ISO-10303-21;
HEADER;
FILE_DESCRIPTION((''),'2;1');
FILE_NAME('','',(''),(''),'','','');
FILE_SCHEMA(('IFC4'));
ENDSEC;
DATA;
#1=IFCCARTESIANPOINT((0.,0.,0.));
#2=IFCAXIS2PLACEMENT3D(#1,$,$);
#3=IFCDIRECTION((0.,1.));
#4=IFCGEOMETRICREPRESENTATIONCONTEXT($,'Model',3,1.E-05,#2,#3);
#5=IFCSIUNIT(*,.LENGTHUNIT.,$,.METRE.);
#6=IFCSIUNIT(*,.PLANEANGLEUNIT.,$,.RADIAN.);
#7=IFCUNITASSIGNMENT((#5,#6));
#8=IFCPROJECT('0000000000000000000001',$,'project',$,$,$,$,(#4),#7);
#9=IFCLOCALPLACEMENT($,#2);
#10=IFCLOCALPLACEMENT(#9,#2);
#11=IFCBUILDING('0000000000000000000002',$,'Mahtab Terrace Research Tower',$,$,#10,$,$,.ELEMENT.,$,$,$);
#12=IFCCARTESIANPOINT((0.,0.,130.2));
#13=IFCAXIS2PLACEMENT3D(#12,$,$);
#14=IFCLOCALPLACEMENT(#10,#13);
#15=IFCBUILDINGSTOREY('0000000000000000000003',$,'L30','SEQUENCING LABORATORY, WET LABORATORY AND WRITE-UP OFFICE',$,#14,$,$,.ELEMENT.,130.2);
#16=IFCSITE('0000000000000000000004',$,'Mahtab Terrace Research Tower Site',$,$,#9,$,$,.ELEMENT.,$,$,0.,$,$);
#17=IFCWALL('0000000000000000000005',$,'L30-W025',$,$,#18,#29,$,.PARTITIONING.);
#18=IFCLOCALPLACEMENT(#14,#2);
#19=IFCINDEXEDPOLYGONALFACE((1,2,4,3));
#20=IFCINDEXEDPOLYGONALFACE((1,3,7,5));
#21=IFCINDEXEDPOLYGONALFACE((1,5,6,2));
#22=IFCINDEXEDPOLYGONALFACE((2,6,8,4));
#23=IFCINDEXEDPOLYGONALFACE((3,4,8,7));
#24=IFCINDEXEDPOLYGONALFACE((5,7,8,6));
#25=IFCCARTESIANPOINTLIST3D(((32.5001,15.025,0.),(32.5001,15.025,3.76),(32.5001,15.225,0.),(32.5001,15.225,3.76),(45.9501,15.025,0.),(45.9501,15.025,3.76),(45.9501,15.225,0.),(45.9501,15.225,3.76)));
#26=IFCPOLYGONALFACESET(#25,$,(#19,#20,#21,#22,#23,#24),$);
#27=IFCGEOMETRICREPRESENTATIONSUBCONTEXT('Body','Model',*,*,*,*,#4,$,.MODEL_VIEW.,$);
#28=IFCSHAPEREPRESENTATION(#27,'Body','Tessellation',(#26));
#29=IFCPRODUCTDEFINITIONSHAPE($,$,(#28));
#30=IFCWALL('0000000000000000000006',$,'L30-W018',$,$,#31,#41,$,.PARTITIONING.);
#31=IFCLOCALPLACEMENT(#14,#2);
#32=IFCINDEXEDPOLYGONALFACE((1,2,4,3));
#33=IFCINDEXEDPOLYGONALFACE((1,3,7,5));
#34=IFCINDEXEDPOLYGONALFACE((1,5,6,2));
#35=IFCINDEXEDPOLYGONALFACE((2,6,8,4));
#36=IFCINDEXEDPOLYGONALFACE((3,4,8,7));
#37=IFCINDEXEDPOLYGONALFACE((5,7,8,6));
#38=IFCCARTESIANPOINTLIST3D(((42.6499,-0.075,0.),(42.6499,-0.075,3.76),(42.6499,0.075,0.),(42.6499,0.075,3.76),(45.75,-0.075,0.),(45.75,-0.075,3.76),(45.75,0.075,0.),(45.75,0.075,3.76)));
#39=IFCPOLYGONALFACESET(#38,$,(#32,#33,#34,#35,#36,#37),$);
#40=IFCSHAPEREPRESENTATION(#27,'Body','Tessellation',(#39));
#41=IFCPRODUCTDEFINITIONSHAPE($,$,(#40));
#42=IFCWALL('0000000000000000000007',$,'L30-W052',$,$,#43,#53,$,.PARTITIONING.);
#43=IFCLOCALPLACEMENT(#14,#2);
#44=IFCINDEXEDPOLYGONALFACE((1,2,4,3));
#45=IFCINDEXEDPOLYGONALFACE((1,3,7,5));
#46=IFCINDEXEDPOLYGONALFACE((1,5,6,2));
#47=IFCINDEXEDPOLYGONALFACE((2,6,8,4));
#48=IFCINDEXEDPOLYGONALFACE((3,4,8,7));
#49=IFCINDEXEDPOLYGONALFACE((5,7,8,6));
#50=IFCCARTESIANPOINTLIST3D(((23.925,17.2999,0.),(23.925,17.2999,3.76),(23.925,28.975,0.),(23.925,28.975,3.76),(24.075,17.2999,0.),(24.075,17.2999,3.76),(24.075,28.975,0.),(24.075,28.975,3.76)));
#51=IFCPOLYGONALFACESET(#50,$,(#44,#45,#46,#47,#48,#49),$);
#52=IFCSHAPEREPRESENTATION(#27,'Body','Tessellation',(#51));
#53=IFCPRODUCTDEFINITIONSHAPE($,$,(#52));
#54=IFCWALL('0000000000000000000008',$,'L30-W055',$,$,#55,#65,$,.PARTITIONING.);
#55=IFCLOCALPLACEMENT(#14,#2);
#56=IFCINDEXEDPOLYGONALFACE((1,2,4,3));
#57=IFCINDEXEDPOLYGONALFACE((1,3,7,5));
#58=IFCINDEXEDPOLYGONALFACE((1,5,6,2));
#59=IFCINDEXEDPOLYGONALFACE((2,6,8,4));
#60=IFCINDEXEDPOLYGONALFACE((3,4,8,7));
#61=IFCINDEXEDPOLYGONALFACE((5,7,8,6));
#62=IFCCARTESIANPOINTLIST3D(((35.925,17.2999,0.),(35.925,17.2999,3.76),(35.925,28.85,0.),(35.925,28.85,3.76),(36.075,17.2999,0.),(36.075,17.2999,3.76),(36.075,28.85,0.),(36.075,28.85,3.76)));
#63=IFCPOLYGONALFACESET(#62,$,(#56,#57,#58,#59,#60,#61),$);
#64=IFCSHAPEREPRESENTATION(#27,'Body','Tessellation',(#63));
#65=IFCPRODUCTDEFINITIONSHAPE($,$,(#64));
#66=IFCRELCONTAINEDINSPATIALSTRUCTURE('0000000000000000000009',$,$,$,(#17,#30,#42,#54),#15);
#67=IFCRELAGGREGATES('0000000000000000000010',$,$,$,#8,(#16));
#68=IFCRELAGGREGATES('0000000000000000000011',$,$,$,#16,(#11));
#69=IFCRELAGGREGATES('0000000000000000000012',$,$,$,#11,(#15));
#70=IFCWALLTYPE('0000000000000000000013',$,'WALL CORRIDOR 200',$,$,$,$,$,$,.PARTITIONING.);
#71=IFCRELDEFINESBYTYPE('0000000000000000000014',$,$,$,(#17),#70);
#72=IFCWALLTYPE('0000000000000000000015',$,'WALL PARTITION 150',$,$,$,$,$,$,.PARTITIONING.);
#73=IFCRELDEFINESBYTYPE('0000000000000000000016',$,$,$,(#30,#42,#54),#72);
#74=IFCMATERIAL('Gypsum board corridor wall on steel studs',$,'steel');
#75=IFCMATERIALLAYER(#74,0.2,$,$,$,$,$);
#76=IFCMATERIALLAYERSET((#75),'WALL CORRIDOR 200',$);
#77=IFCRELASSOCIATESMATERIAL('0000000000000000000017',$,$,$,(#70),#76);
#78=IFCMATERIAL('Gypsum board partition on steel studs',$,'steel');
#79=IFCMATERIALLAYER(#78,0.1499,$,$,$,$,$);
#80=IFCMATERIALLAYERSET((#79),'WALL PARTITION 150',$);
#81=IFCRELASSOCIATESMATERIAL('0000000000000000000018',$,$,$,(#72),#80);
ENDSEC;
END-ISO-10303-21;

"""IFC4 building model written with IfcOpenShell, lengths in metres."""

from ifc_helpers import new_model, si_unit, direction, frame, frame_2d, origin, place, context, subcontext, project, spatial, rectangle, extrude, material, layer, layer_set, type_object, element, save


model = new_model("IFC4")

# Units and contexts
model_context = context("Model", 3, precision=1e-05, world=origin(), true_north=direction((0.0, 1.0)))
body_context = subcontext(model_context, "Body", "Model", "MODEL_VIEW")
ifc_project = project(units=[si_unit("LENGTHUNIT", "METRE"), si_unit("PLANEANGLEUNIT", "RADIAN")], contexts=[model_context])

# Site, building, storey
site_placement = place(None, origin())
site = spatial("IfcSite", under=ifc_project, at=site_placement, Name="Mahtab Terrace Research Tower Site", CompositionType="ELEMENT", RefElevation=0.0)
building_placement = place(site_placement, origin())
building = spatial("IfcBuilding", under=site, at=building_placement, Name="Mahtab Terrace Research Tower", CompositionType="ELEMENT")
storey_placement = place(building_placement, frame((0.0, 0.0, 130.2)))
storey = spatial("IfcBuildingStorey", under=building, at=storey_placement, Name="L30", Description="SEQUENCING LABORATORY, WET LABORATORY AND WRITE-UP OFFICE", CompositionType="ELEMENT", Elevation=130.2)

# Walls
ifc_material_1 = material(Name="Gypsum board corridor wall on steel studs", Category="steel")
ifc_layer_1 = layer(ifc_material_1, 0.2)
ifc_layer_set_1 = layer_set([ifc_layer_1], Name="WALL CORRIDOR 200")
wall_type_1 = type_object("IfcWallType", Name="WALL CORRIDOR 200", PredefinedType="PARTITIONING", material=ifc_layer_set_1)
wall_1_placement = place(storey_placement, frame((32.5, 15.125, 0.0), z_axis=(0.0, 0.0, 1.0), x_axis=(1.0, 0.0, 0.0)))
element("IfcWall", 1, at=wall_1_placement, inside=storey, type_object=wall_type_1, Name="L30-W025", PredefinedType="PARTITIONING", context=body_context, shape_type="SweptSolid", body=[
    extrude(rectangle(XDim=13.45, YDim=0.2, at=frame_2d((6.7251, 0.0))), origin(), (0.0, 0.0, 1.0), 3.76),
])
ifc_material_2 = material(Name="Gypsum board partition on steel studs", Category="steel")
ifc_layer_2 = layer(ifc_material_2, 0.1499)
ifc_layer_set_2 = layer_set([ifc_layer_2], Name="WALL PARTITION 150")
wall_type_2 = type_object("IfcWallType", Name="WALL PARTITION 150", PredefinedType="PARTITIONING", material=ifc_layer_set_2)
wall_2_placement = place(storey_placement, frame((42.6499, 0.0, 0.0), z_axis=(0.0, 0.0, 1.0), x_axis=(1.0, 0.0, 0.0)))
element("IfcWall", 2, at=wall_2_placement, inside=storey, type_object=wall_type_2, Name="L30-W018", PredefinedType="PARTITIONING", context=body_context, shape_type="SweptSolid", body=[
    extrude(rectangle(XDim=3.1001, YDim=0.1499, at=frame_2d((1.55, 0.0))), origin(), (0.0, 0.0, 1.0), 3.76),
])
wall_3_placement = place(storey_placement, frame((24.0, 17.3, 0.0), z_axis=(0.0, 0.0, 1.0), x_axis=(0.0, 1.0, 0.0)))
element("IfcWall", 3, at=wall_3_placement, inside=storey, type_object=wall_type_2, Name="L30-W052", PredefinedType="PARTITIONING", context=body_context, shape_type="SweptSolid", body=[
    extrude(rectangle(XDim=11.675, YDim=0.1499, at=frame_2d((5.8374, 0.0))), origin(), (0.0, 0.0, 1.0), 3.76),
])
wall_4_placement = place(storey_placement, frame((36.0, 17.3, 0.0), z_axis=(0.0, 0.0, 1.0), x_axis=(0.0, 1.0, 0.0)))
element("IfcWall", 4, at=wall_4_placement, inside=storey, type_object=wall_type_2, Name="L30-W055", PredefinedType="PARTITIONING", context=body_context, shape_type="SweptSolid", body=[
    extrude(rectangle(XDim=11.55, YDim=0.1499, at=frame_2d((5.7749, 0.0))), origin(), (0.0, 0.0, 1.0), 3.76),
])

save(model, "model.ifc")
